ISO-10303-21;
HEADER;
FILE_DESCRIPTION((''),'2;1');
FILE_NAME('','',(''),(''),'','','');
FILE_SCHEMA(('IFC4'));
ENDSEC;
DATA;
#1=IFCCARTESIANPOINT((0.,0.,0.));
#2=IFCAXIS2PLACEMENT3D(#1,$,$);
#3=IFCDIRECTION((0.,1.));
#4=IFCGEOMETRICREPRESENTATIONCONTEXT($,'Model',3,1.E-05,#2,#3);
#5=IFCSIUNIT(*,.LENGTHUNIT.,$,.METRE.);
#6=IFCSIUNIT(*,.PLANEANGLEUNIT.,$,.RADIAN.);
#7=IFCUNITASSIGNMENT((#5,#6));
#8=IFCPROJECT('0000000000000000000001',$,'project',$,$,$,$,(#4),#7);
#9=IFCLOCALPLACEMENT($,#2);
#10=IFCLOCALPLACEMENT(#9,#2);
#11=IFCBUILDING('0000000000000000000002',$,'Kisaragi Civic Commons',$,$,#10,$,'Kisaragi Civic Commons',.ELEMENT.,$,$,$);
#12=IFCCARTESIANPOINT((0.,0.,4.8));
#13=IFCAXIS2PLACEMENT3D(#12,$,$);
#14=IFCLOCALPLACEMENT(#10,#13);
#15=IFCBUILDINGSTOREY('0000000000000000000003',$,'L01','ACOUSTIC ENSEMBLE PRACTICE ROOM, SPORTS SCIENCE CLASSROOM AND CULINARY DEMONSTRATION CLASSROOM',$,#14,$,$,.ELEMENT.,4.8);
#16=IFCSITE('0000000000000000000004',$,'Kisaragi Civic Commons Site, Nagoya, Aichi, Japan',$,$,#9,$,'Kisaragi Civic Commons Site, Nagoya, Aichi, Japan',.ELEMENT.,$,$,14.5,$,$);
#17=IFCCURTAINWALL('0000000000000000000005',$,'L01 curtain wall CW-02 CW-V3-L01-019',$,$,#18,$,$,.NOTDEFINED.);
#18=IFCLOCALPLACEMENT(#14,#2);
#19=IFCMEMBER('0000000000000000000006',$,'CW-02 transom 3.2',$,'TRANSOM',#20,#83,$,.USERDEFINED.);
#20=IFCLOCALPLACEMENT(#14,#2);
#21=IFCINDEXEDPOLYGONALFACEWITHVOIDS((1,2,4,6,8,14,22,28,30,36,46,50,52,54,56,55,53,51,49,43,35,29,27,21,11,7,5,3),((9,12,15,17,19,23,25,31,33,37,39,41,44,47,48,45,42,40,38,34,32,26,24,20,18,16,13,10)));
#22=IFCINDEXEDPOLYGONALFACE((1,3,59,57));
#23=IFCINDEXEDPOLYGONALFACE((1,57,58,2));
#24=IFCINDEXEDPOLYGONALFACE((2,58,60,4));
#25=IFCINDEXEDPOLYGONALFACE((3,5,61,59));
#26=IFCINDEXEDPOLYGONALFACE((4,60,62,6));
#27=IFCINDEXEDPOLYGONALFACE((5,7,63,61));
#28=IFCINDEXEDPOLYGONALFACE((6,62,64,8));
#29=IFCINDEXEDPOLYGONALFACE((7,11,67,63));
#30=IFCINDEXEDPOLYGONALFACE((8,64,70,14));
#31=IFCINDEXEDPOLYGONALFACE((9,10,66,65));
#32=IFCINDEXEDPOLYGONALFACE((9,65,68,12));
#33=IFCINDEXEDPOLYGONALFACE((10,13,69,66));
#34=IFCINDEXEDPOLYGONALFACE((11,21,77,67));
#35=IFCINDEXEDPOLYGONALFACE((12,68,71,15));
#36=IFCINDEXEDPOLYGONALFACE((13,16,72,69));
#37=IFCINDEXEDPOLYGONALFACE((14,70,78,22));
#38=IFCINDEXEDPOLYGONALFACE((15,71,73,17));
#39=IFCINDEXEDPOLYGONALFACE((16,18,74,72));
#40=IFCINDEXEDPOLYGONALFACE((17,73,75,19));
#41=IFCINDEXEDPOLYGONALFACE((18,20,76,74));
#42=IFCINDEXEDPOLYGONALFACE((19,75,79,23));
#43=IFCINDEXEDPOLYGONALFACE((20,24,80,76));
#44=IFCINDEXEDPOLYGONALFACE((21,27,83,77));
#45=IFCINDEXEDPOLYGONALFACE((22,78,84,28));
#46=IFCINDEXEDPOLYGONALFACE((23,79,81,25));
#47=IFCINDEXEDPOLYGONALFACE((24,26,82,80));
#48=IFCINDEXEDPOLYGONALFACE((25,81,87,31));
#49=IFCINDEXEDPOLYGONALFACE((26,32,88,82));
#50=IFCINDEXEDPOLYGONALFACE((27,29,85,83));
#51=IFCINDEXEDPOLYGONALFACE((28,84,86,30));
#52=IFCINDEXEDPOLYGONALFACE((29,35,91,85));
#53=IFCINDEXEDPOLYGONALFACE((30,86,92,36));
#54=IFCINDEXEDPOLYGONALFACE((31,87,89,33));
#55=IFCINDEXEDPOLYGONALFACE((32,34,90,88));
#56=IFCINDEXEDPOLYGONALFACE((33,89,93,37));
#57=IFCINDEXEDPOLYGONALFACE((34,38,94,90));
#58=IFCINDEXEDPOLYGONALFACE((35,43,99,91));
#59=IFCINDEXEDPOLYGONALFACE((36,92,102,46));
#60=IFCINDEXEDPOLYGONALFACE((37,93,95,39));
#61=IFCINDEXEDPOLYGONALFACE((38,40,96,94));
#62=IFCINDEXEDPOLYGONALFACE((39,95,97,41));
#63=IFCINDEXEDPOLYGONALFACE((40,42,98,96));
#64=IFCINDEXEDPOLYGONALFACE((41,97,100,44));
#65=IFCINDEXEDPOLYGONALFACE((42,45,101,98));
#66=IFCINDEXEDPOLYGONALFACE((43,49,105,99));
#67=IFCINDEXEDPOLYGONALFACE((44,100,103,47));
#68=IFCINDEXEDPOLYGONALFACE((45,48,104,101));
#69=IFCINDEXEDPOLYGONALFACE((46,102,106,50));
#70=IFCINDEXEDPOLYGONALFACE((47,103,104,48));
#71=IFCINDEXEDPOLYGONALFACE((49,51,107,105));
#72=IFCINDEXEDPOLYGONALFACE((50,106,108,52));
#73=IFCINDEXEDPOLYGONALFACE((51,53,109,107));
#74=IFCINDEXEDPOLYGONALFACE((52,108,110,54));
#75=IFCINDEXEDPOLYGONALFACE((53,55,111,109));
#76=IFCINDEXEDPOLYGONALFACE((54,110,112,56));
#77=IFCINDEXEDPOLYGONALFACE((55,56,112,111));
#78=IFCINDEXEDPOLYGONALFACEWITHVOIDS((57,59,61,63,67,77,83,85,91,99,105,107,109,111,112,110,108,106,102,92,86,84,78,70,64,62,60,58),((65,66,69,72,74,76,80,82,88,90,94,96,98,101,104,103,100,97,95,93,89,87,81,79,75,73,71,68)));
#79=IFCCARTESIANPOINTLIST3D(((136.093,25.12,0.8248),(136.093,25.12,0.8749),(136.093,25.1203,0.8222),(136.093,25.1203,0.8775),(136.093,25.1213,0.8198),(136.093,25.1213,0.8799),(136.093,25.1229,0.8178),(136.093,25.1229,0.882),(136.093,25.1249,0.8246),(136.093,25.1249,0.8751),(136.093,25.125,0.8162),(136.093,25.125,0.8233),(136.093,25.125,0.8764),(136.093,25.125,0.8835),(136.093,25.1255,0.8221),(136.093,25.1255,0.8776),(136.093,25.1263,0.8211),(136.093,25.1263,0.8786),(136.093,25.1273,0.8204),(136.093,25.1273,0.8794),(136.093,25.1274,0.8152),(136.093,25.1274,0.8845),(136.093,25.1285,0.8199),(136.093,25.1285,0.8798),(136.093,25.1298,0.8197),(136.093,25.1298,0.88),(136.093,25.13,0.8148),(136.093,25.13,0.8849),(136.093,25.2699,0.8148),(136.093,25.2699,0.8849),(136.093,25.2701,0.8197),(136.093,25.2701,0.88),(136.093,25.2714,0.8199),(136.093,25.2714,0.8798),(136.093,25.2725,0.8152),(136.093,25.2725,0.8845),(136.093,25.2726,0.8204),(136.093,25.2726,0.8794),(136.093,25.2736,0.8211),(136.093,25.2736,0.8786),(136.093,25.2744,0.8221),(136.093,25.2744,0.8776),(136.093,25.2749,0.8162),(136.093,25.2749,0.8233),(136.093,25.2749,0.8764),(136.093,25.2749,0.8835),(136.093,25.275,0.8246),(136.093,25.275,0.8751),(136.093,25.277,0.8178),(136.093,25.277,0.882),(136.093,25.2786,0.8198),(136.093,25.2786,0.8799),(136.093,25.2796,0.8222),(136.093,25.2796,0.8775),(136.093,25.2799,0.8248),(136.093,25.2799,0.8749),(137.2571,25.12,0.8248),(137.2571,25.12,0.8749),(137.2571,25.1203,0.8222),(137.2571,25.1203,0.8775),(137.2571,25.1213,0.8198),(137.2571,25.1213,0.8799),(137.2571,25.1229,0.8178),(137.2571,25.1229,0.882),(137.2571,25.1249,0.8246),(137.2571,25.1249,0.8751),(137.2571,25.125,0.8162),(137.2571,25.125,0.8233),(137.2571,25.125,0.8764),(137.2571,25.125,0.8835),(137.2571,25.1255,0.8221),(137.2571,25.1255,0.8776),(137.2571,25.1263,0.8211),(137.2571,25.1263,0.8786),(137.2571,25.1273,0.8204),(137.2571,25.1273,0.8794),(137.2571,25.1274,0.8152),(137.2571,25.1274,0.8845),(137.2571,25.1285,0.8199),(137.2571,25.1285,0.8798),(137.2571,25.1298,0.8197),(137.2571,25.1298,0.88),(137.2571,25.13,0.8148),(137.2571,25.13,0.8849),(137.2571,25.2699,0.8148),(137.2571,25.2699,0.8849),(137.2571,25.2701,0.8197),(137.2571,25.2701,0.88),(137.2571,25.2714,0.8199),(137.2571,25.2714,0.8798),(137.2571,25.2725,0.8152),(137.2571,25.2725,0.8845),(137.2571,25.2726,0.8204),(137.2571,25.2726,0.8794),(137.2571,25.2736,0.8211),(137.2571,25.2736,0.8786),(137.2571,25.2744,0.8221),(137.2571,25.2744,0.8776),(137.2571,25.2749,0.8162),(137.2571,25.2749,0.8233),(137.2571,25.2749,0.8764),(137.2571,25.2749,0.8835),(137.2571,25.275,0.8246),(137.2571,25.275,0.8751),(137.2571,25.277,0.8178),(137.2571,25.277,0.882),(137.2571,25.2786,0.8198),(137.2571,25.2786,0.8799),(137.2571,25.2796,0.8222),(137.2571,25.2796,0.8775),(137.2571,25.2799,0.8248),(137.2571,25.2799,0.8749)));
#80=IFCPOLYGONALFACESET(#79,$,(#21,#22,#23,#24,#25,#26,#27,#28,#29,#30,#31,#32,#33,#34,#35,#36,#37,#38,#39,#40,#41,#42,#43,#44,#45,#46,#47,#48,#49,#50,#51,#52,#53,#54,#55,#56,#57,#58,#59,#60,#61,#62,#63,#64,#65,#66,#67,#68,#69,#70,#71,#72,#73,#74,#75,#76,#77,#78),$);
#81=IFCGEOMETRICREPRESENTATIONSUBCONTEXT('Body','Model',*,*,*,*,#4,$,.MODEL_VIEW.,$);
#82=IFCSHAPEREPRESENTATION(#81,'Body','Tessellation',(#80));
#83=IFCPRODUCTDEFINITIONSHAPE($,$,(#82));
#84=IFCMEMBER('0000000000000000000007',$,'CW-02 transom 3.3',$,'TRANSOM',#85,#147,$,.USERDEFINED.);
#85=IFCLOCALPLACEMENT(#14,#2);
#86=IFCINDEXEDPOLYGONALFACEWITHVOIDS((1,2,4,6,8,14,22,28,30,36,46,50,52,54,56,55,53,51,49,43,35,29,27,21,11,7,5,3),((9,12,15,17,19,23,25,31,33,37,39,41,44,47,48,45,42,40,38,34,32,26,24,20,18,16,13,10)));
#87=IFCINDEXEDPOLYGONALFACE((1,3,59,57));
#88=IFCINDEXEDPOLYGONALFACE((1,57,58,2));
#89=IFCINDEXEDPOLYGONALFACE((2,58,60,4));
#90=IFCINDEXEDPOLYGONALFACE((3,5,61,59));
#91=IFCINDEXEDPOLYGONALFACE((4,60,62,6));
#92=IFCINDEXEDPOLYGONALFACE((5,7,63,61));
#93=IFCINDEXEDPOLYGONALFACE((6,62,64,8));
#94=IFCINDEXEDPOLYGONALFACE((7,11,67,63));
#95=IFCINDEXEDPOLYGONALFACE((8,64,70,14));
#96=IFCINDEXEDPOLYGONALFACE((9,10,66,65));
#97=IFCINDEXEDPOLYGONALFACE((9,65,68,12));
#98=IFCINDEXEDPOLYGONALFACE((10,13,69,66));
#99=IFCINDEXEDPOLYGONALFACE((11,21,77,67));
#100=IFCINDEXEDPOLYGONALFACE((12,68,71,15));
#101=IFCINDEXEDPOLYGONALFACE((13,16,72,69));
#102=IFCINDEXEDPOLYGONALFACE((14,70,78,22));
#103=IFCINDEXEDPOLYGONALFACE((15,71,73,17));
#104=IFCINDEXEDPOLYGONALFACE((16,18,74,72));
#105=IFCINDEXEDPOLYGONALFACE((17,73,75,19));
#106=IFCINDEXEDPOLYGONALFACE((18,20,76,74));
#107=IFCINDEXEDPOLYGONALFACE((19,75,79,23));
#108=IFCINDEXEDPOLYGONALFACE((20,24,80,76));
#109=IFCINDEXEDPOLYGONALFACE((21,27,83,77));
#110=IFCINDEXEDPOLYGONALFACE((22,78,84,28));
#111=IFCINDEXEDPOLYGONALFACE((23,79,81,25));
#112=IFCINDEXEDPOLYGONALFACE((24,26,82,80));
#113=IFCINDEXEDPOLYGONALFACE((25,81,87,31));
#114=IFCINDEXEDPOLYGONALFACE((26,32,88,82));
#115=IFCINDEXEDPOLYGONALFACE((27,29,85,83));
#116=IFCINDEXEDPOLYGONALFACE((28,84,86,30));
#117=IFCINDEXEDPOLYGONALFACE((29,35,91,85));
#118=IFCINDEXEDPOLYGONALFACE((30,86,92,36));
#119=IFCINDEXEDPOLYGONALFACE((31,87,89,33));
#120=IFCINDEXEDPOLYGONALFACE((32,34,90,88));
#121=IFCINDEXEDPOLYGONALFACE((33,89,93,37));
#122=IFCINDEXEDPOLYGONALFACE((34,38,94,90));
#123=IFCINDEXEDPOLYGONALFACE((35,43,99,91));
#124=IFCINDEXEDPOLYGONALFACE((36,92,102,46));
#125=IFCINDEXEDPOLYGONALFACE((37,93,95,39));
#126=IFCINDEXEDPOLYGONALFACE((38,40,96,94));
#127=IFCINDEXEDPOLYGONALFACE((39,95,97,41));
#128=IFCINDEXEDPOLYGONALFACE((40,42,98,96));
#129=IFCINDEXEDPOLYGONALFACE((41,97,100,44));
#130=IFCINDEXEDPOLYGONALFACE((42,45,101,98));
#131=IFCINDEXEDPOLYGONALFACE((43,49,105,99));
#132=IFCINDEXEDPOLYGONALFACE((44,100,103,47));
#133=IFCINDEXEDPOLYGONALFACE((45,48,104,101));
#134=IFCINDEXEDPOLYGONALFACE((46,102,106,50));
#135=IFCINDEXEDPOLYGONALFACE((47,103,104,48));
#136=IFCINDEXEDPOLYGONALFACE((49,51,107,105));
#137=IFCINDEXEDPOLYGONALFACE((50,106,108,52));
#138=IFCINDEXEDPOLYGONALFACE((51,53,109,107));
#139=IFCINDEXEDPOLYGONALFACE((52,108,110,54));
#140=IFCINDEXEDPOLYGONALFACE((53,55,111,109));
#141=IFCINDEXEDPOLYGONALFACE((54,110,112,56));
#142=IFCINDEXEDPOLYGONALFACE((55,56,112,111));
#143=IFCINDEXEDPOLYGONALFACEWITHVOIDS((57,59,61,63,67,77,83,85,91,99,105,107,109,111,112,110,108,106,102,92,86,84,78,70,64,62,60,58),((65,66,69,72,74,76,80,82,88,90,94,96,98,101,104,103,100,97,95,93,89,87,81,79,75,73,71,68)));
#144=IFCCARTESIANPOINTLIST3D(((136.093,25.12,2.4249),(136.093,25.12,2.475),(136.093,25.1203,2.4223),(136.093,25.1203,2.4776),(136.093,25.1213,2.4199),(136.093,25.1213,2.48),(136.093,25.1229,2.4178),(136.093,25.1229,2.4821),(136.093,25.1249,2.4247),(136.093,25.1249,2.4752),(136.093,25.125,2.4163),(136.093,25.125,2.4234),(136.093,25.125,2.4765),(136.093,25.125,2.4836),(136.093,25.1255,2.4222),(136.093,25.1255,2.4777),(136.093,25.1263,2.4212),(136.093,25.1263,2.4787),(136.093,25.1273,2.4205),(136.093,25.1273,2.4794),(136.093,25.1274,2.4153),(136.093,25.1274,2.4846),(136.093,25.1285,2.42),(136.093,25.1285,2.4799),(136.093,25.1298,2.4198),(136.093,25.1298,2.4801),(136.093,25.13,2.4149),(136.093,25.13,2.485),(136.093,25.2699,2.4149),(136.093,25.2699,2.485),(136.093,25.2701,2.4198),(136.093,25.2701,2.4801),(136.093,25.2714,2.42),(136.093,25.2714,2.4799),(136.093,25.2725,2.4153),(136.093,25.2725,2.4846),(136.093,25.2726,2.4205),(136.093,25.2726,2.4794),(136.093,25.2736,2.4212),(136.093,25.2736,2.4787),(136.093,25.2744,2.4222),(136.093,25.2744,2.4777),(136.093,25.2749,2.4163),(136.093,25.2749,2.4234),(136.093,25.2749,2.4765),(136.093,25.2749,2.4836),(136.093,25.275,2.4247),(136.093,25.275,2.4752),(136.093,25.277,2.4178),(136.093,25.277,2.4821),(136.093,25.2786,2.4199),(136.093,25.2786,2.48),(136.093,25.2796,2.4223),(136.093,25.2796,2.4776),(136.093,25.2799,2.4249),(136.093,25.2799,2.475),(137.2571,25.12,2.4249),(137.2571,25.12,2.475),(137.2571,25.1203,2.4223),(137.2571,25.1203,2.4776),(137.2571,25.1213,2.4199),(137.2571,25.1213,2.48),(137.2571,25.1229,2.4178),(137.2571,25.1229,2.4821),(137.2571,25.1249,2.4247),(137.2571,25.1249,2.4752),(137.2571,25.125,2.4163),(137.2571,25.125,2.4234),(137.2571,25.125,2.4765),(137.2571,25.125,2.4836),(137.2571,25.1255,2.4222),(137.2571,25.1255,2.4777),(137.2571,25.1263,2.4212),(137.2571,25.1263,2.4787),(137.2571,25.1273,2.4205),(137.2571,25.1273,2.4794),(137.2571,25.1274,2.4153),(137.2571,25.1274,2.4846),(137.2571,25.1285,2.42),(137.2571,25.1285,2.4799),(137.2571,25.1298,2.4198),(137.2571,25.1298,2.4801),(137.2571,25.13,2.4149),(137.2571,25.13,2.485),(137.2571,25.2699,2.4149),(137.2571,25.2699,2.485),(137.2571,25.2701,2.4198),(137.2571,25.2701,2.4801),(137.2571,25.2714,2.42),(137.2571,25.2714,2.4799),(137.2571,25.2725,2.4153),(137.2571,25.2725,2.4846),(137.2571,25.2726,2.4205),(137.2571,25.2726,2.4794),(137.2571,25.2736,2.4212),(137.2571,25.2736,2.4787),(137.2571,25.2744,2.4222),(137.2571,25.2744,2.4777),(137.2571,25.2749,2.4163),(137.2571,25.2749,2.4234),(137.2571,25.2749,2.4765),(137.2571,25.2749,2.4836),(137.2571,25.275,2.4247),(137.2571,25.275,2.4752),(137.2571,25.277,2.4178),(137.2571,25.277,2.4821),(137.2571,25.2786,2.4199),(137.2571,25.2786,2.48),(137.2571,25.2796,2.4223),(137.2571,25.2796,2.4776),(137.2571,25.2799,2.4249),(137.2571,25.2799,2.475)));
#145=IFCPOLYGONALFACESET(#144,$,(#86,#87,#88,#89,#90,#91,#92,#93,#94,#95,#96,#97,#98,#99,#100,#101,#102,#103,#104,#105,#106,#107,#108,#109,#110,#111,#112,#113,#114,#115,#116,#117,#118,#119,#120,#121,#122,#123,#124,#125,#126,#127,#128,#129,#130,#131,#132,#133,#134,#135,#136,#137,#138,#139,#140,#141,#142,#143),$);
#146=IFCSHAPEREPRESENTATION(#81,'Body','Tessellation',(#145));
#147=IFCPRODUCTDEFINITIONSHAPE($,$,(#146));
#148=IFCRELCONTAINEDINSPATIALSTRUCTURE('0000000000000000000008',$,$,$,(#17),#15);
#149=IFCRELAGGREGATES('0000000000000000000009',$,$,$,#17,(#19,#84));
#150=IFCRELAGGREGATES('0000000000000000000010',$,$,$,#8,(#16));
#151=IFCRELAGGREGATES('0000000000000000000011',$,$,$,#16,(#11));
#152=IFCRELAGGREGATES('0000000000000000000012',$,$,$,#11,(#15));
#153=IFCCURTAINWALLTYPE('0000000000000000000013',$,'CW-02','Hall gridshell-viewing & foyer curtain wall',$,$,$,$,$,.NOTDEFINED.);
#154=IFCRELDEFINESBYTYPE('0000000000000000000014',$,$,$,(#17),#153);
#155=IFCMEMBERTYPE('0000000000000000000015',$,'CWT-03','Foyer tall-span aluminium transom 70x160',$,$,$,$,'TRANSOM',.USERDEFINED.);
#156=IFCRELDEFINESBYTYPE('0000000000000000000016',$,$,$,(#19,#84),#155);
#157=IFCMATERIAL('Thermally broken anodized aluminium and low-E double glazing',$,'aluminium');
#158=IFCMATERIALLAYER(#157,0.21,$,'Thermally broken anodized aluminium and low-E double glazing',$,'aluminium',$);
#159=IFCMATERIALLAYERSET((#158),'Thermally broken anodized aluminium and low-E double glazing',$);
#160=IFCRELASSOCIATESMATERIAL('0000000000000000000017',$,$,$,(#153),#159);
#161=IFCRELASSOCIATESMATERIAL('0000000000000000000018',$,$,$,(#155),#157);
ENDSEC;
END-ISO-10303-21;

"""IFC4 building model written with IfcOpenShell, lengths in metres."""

from ifc_helpers import new_model, si_unit, direction, frame, origin, origin_2d, place, context, subcontext, project, spatial, hollow_rectangle, extrude, material, layer, layer_set, material_profile, profile_set, type_object, element, aggregate, save


model = new_model("IFC4")

# Units and contexts
model_context = context("Model", 3, precision=1e-05, world=origin(), true_north=direction((0.0, 1.0)))
body_context = subcontext(model_context, "Body", "Model", "MODEL_VIEW")
ifc_project = project(units=[si_unit("LENGTHUNIT", "METRE"), si_unit("PLANEANGLEUNIT", "RADIAN")], contexts=[model_context])

# Site, building, storey
site_placement = place(None, origin())
site = spatial("IfcSite", under=ifc_project, at=site_placement, Name="Kisaragi Civic Commons Site, Nagoya, Aichi, Japan", LongName="Kisaragi Civic Commons Site, Nagoya, Aichi, Japan", CompositionType="ELEMENT", RefElevation=14.5)
building_placement = place(site_placement, origin())
building = spatial("IfcBuilding", under=site, at=building_placement, Name="Kisaragi Civic Commons", LongName="Kisaragi Civic Commons", CompositionType="ELEMENT")
storey_placement = place(building_placement, frame((0.0, 0.0, 4.8)))
storey = spatial("IfcBuildingStorey", under=building, at=storey_placement, Name="L01", Description="ACOUSTIC ENSEMBLE PRACTICE ROOM, SPORTS SCIENCE CLASSROOM AND CULINARY DEMONSTRATION CLASSROOM", CompositionType="ELEMENT", Elevation=4.8)

# Curtain wall, members
ifc_material_1 = material(Name="Thermally broken anodized aluminium and low-E double glazing", Category="aluminium")
ifc_layer_1 = layer(ifc_material_1, 0.21, Name="Thermally broken anodized aluminium and low-E double glazing", Category="aluminium")
ifc_layer_set_1 = layer_set([ifc_layer_1], Name="Thermally broken anodized aluminium and low-E double glazing")
curtain_wall_type = type_object("IfcCurtainWallType", Name="CW-02", Description="Hall gridshell-viewing & foyer curtain wall", PredefinedType="NOTDEFINED", material=ifc_layer_set_1)
curtain_wall_placement = place(storey_placement, origin())
curtain_wall = element("IfcCurtainWall", 1, at=curtain_wall_placement, inside=storey, type_object=curtain_wall_type, Name="L01 curtain wall CW-02 CW-V3-L01-019", PredefinedType="NOTDEFINED")
ifc_material_profile_1 = material_profile(ifc_material_1, hollow_rectangle(XDim=0.1599, YDim=0.0701, WallThickness=0.0049, InnerFilletRadius=0.0049, OuterFilletRadius=0.01, at=origin_2d()), Name="CWT-70x160x5", Category="aluminium")
ifc_profile_set_1 = profile_set([ifc_material_profile_1], Name="Thermally broken anodized aluminium and low-E double glazing")
member_type_1 = type_object("IfcMemberType", Name="CWT-03", Description="Foyer tall-span aluminium transom 70x160", ElementType="TRANSOM", PredefinedType="USERDEFINED", material=ifc_profile_set_1)
member_1_placement = place(storey_placement, frame((136.093, 25.2, 0.8499), z_axis=(1.0, 0.0, 0.0), x_axis=(0.0, 1.0, 0.0)))
member_1 = element("IfcMember", 2, at=member_1_placement, type_object=member_type_1, Name="CW-02 transom 3.2", ObjectType="TRANSOM", PredefinedType="USERDEFINED", context=body_context, shape_type="SweptSolid", body=[
    extrude(hollow_rectangle(XDim=0.1599, YDim=0.0701, WallThickness=0.0049, InnerFilletRadius=0.0049, OuterFilletRadius=0.01, at=origin_2d()), origin(), (0.0, 0.0, 1.0), 1.1641),
])
member_2_placement = place(storey_placement, frame((136.093, 25.2, 2.45), z_axis=(1.0, 0.0, 0.0), x_axis=(0.0, 1.0, 0.0)))
member_2 = element("IfcMember", 3, at=member_2_placement, type_object=member_type_1, Name="CW-02 transom 3.3", ObjectType="TRANSOM", PredefinedType="USERDEFINED", context=body_context, shape_type="SweptSolid", body=[
    extrude(hollow_rectangle(XDim=0.1599, YDim=0.0701, WallThickness=0.0049, InnerFilletRadius=0.0049, OuterFilletRadius=0.01, at=origin_2d()), origin(), (0.0, 0.0, 1.0), 1.1641),
])

aggregate(curtain_wall, [member_1, member_2])

save(model, "model.ifc")
